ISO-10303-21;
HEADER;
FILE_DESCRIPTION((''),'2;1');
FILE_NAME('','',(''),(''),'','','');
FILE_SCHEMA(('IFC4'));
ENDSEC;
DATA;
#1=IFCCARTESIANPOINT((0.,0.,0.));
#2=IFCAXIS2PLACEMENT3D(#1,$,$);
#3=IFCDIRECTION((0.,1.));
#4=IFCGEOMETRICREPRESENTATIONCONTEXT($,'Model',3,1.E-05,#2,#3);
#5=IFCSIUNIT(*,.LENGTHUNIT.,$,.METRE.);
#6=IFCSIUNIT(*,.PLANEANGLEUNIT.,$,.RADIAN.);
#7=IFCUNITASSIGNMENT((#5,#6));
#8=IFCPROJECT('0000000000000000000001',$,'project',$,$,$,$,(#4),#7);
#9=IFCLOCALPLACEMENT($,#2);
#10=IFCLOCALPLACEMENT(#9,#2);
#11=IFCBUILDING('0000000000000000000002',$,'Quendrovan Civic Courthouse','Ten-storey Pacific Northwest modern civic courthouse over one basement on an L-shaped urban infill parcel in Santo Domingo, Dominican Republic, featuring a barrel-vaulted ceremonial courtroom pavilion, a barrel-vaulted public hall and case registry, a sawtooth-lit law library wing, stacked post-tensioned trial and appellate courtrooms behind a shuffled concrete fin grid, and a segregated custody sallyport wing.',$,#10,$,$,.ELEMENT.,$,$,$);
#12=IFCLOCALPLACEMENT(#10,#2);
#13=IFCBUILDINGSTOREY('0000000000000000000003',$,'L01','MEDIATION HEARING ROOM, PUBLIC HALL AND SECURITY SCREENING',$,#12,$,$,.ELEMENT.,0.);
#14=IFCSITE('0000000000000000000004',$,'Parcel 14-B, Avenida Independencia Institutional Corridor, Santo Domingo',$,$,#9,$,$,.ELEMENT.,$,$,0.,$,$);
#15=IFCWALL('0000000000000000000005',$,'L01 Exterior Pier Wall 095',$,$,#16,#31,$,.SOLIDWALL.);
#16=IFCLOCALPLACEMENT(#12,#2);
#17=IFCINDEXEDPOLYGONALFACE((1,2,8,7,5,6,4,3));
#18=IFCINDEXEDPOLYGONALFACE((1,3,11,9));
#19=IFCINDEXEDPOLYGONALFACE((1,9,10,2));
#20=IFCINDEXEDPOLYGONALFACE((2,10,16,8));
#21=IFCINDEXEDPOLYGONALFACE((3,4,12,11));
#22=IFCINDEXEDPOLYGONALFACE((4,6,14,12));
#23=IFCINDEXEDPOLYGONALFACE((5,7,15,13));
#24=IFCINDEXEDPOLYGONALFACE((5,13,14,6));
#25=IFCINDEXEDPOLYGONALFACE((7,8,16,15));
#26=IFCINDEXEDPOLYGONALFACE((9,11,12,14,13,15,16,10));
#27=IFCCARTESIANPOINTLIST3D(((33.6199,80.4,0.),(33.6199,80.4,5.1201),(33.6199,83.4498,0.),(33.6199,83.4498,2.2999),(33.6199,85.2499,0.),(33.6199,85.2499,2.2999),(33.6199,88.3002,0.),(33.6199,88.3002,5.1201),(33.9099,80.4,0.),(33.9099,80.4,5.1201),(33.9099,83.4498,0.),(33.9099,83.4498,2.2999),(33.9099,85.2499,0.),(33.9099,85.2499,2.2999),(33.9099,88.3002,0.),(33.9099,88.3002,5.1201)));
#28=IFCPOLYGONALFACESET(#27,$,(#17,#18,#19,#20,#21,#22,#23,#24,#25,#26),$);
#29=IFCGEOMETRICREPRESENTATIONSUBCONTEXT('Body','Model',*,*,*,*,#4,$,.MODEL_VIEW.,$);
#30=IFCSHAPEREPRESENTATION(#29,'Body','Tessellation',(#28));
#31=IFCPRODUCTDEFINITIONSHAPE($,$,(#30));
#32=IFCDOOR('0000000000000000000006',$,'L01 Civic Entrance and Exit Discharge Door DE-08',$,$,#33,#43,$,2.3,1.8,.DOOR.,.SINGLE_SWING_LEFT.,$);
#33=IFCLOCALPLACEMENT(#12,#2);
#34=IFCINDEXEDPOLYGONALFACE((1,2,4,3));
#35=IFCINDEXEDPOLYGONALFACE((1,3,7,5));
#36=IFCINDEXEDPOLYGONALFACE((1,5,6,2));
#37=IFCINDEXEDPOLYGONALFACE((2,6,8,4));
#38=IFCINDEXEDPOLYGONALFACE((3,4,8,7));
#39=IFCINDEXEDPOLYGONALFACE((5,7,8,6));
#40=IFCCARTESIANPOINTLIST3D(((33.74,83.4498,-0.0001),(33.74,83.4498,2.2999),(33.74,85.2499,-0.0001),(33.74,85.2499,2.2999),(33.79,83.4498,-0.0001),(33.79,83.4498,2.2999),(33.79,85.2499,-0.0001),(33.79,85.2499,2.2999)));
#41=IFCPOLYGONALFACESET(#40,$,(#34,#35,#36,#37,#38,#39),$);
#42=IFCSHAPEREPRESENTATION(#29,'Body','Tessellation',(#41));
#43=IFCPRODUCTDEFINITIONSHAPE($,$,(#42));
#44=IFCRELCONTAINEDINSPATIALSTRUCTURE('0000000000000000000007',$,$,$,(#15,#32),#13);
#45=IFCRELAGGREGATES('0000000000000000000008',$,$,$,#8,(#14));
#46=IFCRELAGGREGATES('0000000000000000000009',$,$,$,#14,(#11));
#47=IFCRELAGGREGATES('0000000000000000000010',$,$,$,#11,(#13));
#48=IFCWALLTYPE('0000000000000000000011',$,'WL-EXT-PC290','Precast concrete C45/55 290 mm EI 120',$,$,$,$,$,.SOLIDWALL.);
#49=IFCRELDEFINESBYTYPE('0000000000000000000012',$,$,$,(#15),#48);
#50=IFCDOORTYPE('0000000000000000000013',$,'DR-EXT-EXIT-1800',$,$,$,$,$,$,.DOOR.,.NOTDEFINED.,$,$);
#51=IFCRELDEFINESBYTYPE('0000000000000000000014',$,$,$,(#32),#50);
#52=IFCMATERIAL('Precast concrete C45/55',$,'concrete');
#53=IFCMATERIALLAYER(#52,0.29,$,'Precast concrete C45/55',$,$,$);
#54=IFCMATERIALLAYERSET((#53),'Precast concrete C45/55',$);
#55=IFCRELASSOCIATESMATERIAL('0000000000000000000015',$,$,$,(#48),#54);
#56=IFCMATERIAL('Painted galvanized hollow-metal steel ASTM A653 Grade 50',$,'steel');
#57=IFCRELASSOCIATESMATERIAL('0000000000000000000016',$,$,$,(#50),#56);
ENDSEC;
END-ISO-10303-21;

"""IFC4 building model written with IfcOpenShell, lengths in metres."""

from ifc_helpers import new_model, si_unit, direction, frame, frame_2d, origin, place, context, subcontext, project, spatial, rectangle, extrude, material, layer, layer_set, type_object, element, fill, save


model = new_model("IFC4")

# Units and contexts
model_context = context("Model", 3, precision=1e-05, world=origin(), true_north=direction((0.0, 1.0)))
body_context = subcontext(model_context, "Body", "Model", "MODEL_VIEW")
ifc_project = project(units=[si_unit("LENGTHUNIT", "METRE"), si_unit("PLANEANGLEUNIT", "RADIAN")], contexts=[model_context])

# Site, building, storey
site_placement = place(None, origin())
site = spatial("IfcSite", under=ifc_project, at=site_placement, Name="Parcel 14-B, Avenida Independencia Institutional Corridor, Santo Domingo", CompositionType="ELEMENT", RefElevation=0.0)
building_placement = place(site_placement, origin())
building = spatial("IfcBuilding", under=site, at=building_placement, Name="Quendrovan Civic Courthouse", Description="Ten-storey Pacific Northwest modern civic courthouse over one basement on an L-shaped urban infill parcel in Santo Domingo, Dominican Republic, featuring a barrel-vaulted ceremonial courtroom pavilion, a barrel-vaulted public hall and case registry, a sawtooth-lit law library wing, stacked post-tensioned trial and appellate courtrooms behind a shuffled concrete fin grid, and a segregated custody sallyport wing.", CompositionType="ELEMENT")
storey_placement = place(building_placement, origin())
storey = spatial("IfcBuildingStorey", under=building, at=storey_placement, Name="L01", Description="MEDIATION HEARING ROOM, PUBLIC HALL AND SECURITY SCREENING", CompositionType="ELEMENT", Elevation=0.0)

# Shared definitions
ifc_material_1 = material(Name="Precast concrete C45/55", Category="concrete")
ifc_layer_1 = layer(ifc_material_1, 0.29, Name="Precast concrete C45/55")
ifc_layer_set_1 = layer_set([ifc_layer_1], Name="Precast concrete C45/55")
wall_type = type_object("IfcWallType", Name="WL-EXT-PC290", Description="Precast concrete C45/55 290 mm EI 120", PredefinedType="SOLIDWALL", material=ifc_layer_set_1)

# Wall, opening, door
wall_1_placement = place(storey_placement, frame((33.7649, 80.3999, 0.0), z_axis=(0.0, 0.0, 1.0), x_axis=(0.0, 1.0, 0.0)))
wall_1 = element("IfcWall", 1, at=wall_1_placement, inside=storey, type_object=wall_type, Name="L01 Exterior Pier Wall 095", PredefinedType="SOLIDWALL", context=body_context, shape_type="SweptSolid", body=[
    extrude(rectangle(XDim=7.9001, YDim=0.29, at=frame_2d((3.9502, 0.0))), origin(), (0.0, 0.0, 1.0), 5.1201),
])
opening_placement = place(wall_1_placement, frame((3.05, 0.0, 0.0)))
opening = element("IfcOpeningElement", 2, at=opening_placement, cuts=wall_1, PredefinedType="OPENING", context=body_context, shape_type="SweptSolid", body=[
    extrude(rectangle(XDim=1.8, YDim=2.3, at=frame_2d((0.8999, 1.1499))), frame((0.0, 0.155, 0.0), z_axis=(0.0, -1.0, 0.0), x_axis=(1.0, 0.0, 0.0)), (0.0, 0.0, 1.0), 0.3101),
])
ifc_material_2 = material(Name="Painted galvanized hollow-metal steel ASTM A653 Grade 50", Category="steel")
door_type = type_object("IfcDoorType", Name="DR-EXT-EXIT-1800", OperationType="NOTDEFINED", PredefinedType="DOOR", material=ifc_material_2)
door_placement = place(opening_placement, origin())
door = element("IfcDoor", 3, at=door_placement, inside=storey, type_object=door_type, Name="L01 Civic Entrance and Exit Discharge Door DE-08", OperationType="SINGLE_SWING_LEFT", OverallHeight=2.3, OverallWidth=1.8, PredefinedType="DOOR", context=body_context, shape_type="SweptSolid", body=[
    extrude(rectangle(XDim=1.8, YDim=2.3, at=frame_2d((0.8999, 1.1499))), frame((0.0, 0.0249, 0.0), z_axis=(0.0, -1.0, 0.0), x_axis=(1.0, 0.0, 0.0)), (0.0, 0.0, 1.0), 0.05),
])
fill(opening, door)

save(model, "model.ifc")
